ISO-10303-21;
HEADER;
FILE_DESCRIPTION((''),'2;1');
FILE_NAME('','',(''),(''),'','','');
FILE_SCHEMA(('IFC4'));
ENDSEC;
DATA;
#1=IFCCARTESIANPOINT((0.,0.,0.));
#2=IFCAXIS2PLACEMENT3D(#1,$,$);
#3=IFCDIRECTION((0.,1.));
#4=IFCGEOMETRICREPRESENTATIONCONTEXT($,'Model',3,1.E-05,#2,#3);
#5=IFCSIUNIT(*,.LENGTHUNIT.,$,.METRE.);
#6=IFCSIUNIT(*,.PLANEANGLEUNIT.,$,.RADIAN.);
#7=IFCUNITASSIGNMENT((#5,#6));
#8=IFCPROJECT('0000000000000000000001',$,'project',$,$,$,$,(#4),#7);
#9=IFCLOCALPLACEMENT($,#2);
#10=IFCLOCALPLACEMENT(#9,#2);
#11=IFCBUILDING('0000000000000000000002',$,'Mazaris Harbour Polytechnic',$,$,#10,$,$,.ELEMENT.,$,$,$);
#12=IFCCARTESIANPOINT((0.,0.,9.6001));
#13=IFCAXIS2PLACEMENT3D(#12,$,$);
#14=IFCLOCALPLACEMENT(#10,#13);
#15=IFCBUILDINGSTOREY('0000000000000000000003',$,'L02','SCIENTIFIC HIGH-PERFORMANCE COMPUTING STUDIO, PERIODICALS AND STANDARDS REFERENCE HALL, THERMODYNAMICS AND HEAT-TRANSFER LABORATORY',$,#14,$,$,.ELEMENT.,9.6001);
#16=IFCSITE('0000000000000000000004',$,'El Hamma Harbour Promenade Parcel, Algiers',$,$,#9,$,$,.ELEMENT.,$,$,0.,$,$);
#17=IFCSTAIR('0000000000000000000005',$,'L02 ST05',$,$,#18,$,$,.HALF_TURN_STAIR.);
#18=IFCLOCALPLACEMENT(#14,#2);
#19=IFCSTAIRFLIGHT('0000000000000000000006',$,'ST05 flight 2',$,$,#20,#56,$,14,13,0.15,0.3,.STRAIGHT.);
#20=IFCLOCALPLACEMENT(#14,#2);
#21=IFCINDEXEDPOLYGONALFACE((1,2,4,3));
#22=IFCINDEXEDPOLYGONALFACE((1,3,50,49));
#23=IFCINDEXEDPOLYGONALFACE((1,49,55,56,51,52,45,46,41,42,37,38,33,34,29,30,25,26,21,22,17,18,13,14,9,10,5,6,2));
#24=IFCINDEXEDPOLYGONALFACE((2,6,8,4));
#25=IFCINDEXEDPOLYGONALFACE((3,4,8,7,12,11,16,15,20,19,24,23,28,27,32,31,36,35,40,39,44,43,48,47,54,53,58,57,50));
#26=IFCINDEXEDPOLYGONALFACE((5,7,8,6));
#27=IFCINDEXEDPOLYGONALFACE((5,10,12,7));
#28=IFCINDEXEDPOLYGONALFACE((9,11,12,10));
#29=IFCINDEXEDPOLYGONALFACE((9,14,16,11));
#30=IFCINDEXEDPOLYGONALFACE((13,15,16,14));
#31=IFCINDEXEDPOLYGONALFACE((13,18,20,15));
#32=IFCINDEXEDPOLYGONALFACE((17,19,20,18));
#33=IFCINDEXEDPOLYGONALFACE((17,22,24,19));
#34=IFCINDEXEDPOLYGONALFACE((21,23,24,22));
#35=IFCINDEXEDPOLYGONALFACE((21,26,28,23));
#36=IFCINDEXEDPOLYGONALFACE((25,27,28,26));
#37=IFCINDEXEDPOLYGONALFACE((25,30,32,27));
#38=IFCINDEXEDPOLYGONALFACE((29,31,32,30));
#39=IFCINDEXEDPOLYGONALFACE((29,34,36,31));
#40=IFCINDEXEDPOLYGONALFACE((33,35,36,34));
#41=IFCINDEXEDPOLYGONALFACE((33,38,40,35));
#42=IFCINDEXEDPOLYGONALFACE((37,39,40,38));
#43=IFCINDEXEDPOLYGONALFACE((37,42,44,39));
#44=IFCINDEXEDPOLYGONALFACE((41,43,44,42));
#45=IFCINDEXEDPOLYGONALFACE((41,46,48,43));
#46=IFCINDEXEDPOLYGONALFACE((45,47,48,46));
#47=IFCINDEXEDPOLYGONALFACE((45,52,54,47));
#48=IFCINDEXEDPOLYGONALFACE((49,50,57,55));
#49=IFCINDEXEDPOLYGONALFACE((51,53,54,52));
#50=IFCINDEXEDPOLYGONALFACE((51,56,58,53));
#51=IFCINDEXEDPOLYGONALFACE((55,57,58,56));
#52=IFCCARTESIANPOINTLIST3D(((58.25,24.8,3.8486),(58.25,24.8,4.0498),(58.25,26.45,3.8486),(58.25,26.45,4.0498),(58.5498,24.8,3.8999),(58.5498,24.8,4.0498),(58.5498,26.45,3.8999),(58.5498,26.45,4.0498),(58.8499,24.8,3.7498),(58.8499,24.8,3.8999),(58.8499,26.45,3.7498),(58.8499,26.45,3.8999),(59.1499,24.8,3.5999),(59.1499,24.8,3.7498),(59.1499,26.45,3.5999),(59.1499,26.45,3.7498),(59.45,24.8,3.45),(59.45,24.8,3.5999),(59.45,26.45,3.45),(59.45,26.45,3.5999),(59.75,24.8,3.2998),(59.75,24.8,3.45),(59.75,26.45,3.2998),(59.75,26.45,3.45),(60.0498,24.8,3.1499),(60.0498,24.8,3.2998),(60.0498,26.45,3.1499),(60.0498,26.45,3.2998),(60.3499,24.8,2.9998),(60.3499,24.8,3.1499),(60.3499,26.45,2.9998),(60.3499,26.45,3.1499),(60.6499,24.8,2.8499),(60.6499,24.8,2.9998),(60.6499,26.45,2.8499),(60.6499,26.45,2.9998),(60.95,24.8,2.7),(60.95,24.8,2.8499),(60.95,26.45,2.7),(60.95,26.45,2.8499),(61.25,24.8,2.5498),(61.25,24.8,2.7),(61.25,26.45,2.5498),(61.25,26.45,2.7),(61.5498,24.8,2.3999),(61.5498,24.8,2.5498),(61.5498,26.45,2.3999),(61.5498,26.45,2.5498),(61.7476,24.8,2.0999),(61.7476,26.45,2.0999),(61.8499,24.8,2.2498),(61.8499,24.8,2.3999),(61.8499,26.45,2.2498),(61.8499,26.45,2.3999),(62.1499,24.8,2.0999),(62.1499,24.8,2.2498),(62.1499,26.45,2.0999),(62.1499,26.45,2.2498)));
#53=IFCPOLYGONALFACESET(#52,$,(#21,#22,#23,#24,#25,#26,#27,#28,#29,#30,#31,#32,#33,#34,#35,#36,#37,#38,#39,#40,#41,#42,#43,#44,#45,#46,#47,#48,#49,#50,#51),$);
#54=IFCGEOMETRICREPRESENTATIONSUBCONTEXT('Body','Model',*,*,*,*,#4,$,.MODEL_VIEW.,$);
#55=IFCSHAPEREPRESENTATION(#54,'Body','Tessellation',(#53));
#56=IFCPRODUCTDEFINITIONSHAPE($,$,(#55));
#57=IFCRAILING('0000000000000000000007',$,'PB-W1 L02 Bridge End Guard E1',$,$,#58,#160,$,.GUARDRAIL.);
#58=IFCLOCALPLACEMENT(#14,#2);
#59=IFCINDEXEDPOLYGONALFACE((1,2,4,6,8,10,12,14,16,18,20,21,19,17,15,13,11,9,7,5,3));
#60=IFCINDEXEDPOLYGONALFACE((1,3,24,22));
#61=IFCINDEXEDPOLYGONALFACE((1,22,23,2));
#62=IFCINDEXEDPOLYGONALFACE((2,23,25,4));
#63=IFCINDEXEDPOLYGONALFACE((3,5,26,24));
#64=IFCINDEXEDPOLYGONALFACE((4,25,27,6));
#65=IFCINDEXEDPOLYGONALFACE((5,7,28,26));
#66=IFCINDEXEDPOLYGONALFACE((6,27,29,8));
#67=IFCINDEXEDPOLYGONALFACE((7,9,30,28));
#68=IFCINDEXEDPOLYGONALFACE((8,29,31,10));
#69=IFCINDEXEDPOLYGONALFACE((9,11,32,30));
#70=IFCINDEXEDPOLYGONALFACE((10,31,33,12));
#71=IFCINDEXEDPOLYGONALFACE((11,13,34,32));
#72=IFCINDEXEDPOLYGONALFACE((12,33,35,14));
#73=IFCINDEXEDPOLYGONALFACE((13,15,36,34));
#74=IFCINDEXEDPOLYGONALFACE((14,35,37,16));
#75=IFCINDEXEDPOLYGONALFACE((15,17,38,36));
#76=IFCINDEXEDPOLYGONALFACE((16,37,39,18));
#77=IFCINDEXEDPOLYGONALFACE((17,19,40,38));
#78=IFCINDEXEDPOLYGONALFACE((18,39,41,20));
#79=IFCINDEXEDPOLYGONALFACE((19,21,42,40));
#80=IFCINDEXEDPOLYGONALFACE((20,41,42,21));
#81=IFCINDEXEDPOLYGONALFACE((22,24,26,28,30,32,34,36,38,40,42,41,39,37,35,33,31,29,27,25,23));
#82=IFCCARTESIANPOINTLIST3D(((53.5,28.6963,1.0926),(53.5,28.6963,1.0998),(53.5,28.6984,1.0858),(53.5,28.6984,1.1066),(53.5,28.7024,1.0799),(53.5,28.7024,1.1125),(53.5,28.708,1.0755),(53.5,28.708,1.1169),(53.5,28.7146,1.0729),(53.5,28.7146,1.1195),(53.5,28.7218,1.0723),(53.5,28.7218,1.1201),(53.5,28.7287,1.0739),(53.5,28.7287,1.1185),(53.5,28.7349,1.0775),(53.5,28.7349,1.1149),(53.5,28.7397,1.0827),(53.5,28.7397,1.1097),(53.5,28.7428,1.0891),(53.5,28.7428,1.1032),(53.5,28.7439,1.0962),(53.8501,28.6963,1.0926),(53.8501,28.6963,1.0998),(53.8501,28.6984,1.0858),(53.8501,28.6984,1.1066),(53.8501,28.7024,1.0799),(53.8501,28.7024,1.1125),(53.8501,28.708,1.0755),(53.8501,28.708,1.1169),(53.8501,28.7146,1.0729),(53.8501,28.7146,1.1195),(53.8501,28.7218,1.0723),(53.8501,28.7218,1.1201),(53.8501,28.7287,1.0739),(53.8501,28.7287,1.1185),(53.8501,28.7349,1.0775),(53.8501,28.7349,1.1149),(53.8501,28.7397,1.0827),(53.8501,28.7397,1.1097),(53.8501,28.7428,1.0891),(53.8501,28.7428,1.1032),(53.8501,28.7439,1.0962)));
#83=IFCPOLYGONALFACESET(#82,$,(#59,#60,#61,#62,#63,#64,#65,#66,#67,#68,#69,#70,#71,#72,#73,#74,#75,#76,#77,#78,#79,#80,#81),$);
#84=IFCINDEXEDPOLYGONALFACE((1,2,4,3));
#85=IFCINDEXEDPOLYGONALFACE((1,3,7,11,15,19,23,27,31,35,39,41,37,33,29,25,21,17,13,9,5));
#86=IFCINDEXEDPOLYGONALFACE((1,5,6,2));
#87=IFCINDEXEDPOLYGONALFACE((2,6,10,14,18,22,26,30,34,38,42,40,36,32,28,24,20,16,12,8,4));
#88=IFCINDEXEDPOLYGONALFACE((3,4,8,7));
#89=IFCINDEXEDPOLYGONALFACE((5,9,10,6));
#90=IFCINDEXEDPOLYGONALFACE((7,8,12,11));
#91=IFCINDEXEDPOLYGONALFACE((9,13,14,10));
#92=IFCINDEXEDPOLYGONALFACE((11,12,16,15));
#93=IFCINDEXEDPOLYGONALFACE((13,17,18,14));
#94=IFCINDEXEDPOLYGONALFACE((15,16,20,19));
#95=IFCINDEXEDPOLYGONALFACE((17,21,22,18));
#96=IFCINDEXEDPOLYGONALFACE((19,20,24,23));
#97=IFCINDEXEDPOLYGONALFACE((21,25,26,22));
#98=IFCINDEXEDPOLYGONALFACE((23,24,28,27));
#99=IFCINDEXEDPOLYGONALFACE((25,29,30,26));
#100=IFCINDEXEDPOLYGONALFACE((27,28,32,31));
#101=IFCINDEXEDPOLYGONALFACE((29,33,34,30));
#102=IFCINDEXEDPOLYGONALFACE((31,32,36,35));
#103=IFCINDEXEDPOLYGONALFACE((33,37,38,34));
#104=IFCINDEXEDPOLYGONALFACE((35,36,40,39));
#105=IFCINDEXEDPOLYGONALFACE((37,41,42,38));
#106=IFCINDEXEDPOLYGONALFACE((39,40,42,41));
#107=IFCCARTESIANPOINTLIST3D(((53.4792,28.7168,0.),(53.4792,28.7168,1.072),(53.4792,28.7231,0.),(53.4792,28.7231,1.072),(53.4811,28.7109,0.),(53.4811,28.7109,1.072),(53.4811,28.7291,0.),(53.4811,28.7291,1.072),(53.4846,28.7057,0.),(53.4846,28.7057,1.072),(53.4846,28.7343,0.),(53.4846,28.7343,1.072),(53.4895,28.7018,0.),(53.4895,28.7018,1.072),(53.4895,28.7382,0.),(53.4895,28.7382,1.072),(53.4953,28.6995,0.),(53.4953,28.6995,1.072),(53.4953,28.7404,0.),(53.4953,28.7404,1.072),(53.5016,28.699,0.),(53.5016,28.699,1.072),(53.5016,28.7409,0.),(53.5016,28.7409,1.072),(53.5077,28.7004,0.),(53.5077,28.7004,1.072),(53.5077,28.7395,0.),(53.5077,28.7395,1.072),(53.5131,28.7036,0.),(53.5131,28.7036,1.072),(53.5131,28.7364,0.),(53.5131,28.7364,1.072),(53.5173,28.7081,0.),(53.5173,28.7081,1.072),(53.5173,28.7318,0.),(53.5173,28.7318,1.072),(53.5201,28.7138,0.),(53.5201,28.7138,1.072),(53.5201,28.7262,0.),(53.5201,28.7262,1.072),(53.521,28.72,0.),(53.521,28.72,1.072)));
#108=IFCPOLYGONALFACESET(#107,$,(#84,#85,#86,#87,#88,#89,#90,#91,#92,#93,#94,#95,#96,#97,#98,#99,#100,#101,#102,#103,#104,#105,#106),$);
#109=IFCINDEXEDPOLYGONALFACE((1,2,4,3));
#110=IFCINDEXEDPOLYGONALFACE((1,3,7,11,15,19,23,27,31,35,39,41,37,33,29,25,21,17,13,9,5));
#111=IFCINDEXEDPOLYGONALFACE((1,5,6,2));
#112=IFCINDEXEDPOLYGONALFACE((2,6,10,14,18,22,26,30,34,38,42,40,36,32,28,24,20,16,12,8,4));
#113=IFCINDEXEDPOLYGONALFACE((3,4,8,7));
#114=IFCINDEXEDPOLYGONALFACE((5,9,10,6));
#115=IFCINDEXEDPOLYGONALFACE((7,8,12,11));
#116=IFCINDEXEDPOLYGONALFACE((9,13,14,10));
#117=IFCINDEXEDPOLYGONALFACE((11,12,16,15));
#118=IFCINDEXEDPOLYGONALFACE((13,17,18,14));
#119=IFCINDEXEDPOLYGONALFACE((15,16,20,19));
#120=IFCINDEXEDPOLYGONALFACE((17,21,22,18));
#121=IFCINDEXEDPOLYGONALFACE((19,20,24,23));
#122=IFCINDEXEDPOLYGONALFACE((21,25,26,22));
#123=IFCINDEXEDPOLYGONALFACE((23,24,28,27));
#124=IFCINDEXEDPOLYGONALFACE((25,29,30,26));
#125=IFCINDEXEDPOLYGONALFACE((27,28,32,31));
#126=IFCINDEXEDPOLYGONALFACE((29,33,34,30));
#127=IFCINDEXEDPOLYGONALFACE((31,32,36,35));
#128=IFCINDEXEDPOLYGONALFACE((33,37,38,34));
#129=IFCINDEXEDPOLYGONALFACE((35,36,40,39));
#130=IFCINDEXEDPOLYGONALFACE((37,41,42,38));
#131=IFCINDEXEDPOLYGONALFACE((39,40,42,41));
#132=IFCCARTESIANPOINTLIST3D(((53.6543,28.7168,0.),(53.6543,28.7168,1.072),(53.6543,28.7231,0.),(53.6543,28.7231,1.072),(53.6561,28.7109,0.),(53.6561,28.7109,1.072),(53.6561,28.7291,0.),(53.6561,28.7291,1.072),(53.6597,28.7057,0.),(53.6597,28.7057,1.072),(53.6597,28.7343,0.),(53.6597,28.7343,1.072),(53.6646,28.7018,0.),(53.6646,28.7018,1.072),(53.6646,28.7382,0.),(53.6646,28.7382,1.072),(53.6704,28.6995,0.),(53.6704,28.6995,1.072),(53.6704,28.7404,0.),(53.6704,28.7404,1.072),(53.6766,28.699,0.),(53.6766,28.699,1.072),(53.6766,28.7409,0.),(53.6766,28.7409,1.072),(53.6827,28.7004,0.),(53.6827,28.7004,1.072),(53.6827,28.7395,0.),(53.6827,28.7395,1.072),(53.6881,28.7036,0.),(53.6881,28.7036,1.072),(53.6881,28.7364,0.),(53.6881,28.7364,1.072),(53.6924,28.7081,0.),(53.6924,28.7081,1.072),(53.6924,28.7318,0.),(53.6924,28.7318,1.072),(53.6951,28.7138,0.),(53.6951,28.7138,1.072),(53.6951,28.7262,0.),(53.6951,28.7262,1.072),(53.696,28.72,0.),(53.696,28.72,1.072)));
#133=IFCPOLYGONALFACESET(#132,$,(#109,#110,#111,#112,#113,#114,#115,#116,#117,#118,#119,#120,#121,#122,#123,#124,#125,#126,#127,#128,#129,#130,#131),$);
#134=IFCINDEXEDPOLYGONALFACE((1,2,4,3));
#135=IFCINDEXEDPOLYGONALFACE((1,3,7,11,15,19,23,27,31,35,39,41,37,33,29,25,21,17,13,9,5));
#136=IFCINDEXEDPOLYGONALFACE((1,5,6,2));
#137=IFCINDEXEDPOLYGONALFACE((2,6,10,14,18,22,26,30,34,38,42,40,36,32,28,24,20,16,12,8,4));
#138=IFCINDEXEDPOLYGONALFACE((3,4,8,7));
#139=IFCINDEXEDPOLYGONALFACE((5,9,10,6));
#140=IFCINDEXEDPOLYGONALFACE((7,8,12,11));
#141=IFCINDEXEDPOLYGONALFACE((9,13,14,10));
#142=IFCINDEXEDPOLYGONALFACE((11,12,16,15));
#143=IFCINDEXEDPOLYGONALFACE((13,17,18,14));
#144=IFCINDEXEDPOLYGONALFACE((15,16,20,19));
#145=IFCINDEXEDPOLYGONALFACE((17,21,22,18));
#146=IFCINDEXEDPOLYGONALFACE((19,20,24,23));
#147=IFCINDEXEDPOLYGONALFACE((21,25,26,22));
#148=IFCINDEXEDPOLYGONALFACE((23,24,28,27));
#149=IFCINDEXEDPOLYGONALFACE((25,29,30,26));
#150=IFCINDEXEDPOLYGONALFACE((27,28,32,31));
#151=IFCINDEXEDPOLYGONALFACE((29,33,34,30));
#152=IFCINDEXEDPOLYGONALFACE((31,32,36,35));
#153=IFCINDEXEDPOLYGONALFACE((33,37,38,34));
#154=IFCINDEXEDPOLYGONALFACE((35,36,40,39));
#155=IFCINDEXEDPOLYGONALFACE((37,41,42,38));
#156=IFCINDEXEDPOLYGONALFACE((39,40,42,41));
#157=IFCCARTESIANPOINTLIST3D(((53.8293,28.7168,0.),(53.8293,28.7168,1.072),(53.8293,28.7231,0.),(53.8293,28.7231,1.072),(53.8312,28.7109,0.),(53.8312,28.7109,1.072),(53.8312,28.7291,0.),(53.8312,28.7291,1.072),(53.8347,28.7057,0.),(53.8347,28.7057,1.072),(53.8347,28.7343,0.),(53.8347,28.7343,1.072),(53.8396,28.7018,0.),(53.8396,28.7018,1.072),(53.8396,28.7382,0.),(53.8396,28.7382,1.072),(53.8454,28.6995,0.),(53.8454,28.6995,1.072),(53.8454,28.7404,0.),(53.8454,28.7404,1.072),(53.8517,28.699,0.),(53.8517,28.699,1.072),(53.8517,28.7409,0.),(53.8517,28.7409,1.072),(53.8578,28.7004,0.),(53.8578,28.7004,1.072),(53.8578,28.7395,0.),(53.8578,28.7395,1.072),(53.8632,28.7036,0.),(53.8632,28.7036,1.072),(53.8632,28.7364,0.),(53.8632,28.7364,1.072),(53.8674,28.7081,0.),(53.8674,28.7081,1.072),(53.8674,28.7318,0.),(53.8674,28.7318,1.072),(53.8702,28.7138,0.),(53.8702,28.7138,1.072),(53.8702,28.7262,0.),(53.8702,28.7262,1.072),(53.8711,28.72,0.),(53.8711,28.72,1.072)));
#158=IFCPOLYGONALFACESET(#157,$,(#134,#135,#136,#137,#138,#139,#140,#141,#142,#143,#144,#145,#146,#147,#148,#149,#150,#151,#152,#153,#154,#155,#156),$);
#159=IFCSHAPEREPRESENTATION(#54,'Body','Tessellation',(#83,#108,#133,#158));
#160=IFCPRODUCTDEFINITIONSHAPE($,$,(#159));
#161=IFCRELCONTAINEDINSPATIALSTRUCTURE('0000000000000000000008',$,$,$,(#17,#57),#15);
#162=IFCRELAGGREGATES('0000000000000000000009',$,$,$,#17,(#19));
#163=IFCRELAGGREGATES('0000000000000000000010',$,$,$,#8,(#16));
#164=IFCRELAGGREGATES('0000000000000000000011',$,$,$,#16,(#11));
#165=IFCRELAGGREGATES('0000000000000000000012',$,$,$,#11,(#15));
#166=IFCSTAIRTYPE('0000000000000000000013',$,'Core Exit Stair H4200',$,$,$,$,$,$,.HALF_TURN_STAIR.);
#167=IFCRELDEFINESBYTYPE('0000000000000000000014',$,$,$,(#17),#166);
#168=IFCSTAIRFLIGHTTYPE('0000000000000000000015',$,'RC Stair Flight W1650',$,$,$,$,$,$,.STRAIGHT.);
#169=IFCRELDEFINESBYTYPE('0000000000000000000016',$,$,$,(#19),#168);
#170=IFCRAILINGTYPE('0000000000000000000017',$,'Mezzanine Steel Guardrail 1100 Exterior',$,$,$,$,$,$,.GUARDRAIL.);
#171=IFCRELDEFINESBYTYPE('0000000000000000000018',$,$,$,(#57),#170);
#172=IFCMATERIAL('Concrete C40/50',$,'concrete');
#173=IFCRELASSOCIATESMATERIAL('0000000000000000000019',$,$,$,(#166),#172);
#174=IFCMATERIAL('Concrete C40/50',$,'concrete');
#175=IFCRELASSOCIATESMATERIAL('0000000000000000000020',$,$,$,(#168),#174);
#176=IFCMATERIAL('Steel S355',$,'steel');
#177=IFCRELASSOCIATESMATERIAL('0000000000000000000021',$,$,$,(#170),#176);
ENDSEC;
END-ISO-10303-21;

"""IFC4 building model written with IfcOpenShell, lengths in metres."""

from ifc_helpers import new_model, si_unit, direction, frame, origin, origin_2d, place, context, subcontext, project, spatial, polyline, circle, outline, extrude, material, type_object, element, aggregate, save


model = new_model("IFC4")

# Units and contexts
model_context = context("Model", 3, precision=1e-05, world=origin(), true_north=direction((0.0, 1.0)))
body_context = subcontext(model_context, "Body", "Model", "MODEL_VIEW")
ifc_project = project(units=[si_unit("LENGTHUNIT", "METRE"), si_unit("PLANEANGLEUNIT", "RADIAN")], contexts=[model_context])

# Site, building, storey
site_placement = place(None, origin())
site = spatial("IfcSite", under=ifc_project, at=site_placement, Name="El Hamma Harbour Promenade Parcel, Algiers", CompositionType="ELEMENT", RefElevation=0.0)
building_placement = place(site_placement, origin())
building = spatial("IfcBuilding", under=site, at=building_placement, Name="Mazaris Harbour Polytechnic", CompositionType="ELEMENT")
storey_placement = place(building_placement, frame((0.0, 0.0, 9.6001)))
storey = spatial("IfcBuildingStorey", under=building, at=storey_placement, Name="L02", Description="SCIENTIFIC HIGH-PERFORMANCE COMPUTING STUDIO, PERIODICALS AND STANDARDS REFERENCE HALL, THERMODYNAMICS AND HEAT-TRANSFER LABORATORY", CompositionType="ELEMENT", Elevation=9.6001)

# Stair, stair flight
ifc_material_1 = material(Name="Concrete C40/50", Category="concrete")
stair_type = type_object("IfcStairType", Name="Core Exit Stair H4200", PredefinedType="HALF_TURN_STAIR", material=ifc_material_1)
stair_placement = place(storey_placement, origin())
stair = element("IfcStair", 1, at=stair_placement, inside=storey, type_object=stair_type, Name="L02 ST05", PredefinedType="HALF_TURN_STAIR")
ifc_material_2 = material(Name="Concrete C40/50", Category="concrete")
stair_flight_type = type_object("IfcStairFlightType", Name="RC Stair Flight W1650", PredefinedType="STRAIGHT", material=ifc_material_2)
stair_flight_1_placement = place(storey_placement, frame((62.1499, 25.625, 2.0999), z_axis=(0.0, 0.0, 1.0), x_axis=(-1.0, 0.0, 0.0)))
stair_flight_1 = element("IfcStairFlight", 2, at=stair_flight_1_placement, type_object=stair_flight_type, Name="ST05 flight 2", NumberOfRisers=14, NumberOfTreads=13, PredefinedType="STRAIGHT", RiserHeight=0.15, TreadLength=0.3, context=body_context, shape_type="SweptSolid", body=[
    extrude(outline(polyline([(0.0, 0.0), (0.0, 0.1499), (0.3, 0.1499), (0.3, 0.3), (0.6001, 0.3), (0.6001, 0.45), (0.8999, 0.45), (0.8999, 0.6001), (1.2, 0.6001), (1.2, 0.75), (1.5, 0.75), (1.5, 0.8999), (1.8, 0.8999), (1.8, 1.05), (2.1001, 1.05), (2.1001, 1.2), (2.3999, 1.2), (2.3999, 1.3501), (2.7, 1.3501), (2.7, 1.5), (3.0, 1.5), (3.0, 1.6499), (3.3, 1.6499), (3.3, 1.8), (3.6001, 1.8), (3.6001, 1.95), (3.8999, 1.95), (3.8999, 2.1001), (3.8999, 1.7488), (0.4023, 0.0), (0.0, 0.0)])), frame((0.0, 0.825, 0.0), z_axis=(0.0, -1.0, 0.0), x_axis=(1.0, 0.0, 0.0)), (0.0, 0.0, 1.0), 1.6499),
])
aggregate(stair, [stair_flight_1])

# Railing
ifc_material_3 = material(Name="Steel S355", Category="steel")
railing_type_1 = type_object("IfcRailingType", Name="Mezzanine Steel Guardrail 1100 Exterior", PredefinedType="GUARDRAIL", material=ifc_material_3)
railing_1_placement = place(storey_placement, frame((53.5, 28.72, 0.0)))
element("IfcRailing", 3, at=railing_1_placement, inside=storey, type_object=railing_type_1, Name="PB-W1 L02 Bridge End Guard E1", PredefinedType="GUARDRAIL", context=body_context, shape_type="SweptSolid", body=[
    extrude(circle(Radius=0.0239, at=origin_2d()), frame((0.0, 0.0, 1.0962), z_axis=(1.0, 0.0, 0.0), x_axis=(0.0, 1.0, 0.0)), (0.0, 0.0, 1.0), 0.3501),
    extrude(circle(Radius=0.021, at=origin_2d()), origin(), (0.0, 0.0, 1.0), 1.072),
    extrude(circle(Radius=0.021, at=origin_2d()), frame((0.175, 0.0, 0.0)), (0.0, 0.0, 1.0), 1.072),
    extrude(circle(Radius=0.021, at=origin_2d()), frame((0.3501, 0.0, 0.0)), (0.0, 0.0, 1.0), 1.072),
])

save(model, "model.ifc")
